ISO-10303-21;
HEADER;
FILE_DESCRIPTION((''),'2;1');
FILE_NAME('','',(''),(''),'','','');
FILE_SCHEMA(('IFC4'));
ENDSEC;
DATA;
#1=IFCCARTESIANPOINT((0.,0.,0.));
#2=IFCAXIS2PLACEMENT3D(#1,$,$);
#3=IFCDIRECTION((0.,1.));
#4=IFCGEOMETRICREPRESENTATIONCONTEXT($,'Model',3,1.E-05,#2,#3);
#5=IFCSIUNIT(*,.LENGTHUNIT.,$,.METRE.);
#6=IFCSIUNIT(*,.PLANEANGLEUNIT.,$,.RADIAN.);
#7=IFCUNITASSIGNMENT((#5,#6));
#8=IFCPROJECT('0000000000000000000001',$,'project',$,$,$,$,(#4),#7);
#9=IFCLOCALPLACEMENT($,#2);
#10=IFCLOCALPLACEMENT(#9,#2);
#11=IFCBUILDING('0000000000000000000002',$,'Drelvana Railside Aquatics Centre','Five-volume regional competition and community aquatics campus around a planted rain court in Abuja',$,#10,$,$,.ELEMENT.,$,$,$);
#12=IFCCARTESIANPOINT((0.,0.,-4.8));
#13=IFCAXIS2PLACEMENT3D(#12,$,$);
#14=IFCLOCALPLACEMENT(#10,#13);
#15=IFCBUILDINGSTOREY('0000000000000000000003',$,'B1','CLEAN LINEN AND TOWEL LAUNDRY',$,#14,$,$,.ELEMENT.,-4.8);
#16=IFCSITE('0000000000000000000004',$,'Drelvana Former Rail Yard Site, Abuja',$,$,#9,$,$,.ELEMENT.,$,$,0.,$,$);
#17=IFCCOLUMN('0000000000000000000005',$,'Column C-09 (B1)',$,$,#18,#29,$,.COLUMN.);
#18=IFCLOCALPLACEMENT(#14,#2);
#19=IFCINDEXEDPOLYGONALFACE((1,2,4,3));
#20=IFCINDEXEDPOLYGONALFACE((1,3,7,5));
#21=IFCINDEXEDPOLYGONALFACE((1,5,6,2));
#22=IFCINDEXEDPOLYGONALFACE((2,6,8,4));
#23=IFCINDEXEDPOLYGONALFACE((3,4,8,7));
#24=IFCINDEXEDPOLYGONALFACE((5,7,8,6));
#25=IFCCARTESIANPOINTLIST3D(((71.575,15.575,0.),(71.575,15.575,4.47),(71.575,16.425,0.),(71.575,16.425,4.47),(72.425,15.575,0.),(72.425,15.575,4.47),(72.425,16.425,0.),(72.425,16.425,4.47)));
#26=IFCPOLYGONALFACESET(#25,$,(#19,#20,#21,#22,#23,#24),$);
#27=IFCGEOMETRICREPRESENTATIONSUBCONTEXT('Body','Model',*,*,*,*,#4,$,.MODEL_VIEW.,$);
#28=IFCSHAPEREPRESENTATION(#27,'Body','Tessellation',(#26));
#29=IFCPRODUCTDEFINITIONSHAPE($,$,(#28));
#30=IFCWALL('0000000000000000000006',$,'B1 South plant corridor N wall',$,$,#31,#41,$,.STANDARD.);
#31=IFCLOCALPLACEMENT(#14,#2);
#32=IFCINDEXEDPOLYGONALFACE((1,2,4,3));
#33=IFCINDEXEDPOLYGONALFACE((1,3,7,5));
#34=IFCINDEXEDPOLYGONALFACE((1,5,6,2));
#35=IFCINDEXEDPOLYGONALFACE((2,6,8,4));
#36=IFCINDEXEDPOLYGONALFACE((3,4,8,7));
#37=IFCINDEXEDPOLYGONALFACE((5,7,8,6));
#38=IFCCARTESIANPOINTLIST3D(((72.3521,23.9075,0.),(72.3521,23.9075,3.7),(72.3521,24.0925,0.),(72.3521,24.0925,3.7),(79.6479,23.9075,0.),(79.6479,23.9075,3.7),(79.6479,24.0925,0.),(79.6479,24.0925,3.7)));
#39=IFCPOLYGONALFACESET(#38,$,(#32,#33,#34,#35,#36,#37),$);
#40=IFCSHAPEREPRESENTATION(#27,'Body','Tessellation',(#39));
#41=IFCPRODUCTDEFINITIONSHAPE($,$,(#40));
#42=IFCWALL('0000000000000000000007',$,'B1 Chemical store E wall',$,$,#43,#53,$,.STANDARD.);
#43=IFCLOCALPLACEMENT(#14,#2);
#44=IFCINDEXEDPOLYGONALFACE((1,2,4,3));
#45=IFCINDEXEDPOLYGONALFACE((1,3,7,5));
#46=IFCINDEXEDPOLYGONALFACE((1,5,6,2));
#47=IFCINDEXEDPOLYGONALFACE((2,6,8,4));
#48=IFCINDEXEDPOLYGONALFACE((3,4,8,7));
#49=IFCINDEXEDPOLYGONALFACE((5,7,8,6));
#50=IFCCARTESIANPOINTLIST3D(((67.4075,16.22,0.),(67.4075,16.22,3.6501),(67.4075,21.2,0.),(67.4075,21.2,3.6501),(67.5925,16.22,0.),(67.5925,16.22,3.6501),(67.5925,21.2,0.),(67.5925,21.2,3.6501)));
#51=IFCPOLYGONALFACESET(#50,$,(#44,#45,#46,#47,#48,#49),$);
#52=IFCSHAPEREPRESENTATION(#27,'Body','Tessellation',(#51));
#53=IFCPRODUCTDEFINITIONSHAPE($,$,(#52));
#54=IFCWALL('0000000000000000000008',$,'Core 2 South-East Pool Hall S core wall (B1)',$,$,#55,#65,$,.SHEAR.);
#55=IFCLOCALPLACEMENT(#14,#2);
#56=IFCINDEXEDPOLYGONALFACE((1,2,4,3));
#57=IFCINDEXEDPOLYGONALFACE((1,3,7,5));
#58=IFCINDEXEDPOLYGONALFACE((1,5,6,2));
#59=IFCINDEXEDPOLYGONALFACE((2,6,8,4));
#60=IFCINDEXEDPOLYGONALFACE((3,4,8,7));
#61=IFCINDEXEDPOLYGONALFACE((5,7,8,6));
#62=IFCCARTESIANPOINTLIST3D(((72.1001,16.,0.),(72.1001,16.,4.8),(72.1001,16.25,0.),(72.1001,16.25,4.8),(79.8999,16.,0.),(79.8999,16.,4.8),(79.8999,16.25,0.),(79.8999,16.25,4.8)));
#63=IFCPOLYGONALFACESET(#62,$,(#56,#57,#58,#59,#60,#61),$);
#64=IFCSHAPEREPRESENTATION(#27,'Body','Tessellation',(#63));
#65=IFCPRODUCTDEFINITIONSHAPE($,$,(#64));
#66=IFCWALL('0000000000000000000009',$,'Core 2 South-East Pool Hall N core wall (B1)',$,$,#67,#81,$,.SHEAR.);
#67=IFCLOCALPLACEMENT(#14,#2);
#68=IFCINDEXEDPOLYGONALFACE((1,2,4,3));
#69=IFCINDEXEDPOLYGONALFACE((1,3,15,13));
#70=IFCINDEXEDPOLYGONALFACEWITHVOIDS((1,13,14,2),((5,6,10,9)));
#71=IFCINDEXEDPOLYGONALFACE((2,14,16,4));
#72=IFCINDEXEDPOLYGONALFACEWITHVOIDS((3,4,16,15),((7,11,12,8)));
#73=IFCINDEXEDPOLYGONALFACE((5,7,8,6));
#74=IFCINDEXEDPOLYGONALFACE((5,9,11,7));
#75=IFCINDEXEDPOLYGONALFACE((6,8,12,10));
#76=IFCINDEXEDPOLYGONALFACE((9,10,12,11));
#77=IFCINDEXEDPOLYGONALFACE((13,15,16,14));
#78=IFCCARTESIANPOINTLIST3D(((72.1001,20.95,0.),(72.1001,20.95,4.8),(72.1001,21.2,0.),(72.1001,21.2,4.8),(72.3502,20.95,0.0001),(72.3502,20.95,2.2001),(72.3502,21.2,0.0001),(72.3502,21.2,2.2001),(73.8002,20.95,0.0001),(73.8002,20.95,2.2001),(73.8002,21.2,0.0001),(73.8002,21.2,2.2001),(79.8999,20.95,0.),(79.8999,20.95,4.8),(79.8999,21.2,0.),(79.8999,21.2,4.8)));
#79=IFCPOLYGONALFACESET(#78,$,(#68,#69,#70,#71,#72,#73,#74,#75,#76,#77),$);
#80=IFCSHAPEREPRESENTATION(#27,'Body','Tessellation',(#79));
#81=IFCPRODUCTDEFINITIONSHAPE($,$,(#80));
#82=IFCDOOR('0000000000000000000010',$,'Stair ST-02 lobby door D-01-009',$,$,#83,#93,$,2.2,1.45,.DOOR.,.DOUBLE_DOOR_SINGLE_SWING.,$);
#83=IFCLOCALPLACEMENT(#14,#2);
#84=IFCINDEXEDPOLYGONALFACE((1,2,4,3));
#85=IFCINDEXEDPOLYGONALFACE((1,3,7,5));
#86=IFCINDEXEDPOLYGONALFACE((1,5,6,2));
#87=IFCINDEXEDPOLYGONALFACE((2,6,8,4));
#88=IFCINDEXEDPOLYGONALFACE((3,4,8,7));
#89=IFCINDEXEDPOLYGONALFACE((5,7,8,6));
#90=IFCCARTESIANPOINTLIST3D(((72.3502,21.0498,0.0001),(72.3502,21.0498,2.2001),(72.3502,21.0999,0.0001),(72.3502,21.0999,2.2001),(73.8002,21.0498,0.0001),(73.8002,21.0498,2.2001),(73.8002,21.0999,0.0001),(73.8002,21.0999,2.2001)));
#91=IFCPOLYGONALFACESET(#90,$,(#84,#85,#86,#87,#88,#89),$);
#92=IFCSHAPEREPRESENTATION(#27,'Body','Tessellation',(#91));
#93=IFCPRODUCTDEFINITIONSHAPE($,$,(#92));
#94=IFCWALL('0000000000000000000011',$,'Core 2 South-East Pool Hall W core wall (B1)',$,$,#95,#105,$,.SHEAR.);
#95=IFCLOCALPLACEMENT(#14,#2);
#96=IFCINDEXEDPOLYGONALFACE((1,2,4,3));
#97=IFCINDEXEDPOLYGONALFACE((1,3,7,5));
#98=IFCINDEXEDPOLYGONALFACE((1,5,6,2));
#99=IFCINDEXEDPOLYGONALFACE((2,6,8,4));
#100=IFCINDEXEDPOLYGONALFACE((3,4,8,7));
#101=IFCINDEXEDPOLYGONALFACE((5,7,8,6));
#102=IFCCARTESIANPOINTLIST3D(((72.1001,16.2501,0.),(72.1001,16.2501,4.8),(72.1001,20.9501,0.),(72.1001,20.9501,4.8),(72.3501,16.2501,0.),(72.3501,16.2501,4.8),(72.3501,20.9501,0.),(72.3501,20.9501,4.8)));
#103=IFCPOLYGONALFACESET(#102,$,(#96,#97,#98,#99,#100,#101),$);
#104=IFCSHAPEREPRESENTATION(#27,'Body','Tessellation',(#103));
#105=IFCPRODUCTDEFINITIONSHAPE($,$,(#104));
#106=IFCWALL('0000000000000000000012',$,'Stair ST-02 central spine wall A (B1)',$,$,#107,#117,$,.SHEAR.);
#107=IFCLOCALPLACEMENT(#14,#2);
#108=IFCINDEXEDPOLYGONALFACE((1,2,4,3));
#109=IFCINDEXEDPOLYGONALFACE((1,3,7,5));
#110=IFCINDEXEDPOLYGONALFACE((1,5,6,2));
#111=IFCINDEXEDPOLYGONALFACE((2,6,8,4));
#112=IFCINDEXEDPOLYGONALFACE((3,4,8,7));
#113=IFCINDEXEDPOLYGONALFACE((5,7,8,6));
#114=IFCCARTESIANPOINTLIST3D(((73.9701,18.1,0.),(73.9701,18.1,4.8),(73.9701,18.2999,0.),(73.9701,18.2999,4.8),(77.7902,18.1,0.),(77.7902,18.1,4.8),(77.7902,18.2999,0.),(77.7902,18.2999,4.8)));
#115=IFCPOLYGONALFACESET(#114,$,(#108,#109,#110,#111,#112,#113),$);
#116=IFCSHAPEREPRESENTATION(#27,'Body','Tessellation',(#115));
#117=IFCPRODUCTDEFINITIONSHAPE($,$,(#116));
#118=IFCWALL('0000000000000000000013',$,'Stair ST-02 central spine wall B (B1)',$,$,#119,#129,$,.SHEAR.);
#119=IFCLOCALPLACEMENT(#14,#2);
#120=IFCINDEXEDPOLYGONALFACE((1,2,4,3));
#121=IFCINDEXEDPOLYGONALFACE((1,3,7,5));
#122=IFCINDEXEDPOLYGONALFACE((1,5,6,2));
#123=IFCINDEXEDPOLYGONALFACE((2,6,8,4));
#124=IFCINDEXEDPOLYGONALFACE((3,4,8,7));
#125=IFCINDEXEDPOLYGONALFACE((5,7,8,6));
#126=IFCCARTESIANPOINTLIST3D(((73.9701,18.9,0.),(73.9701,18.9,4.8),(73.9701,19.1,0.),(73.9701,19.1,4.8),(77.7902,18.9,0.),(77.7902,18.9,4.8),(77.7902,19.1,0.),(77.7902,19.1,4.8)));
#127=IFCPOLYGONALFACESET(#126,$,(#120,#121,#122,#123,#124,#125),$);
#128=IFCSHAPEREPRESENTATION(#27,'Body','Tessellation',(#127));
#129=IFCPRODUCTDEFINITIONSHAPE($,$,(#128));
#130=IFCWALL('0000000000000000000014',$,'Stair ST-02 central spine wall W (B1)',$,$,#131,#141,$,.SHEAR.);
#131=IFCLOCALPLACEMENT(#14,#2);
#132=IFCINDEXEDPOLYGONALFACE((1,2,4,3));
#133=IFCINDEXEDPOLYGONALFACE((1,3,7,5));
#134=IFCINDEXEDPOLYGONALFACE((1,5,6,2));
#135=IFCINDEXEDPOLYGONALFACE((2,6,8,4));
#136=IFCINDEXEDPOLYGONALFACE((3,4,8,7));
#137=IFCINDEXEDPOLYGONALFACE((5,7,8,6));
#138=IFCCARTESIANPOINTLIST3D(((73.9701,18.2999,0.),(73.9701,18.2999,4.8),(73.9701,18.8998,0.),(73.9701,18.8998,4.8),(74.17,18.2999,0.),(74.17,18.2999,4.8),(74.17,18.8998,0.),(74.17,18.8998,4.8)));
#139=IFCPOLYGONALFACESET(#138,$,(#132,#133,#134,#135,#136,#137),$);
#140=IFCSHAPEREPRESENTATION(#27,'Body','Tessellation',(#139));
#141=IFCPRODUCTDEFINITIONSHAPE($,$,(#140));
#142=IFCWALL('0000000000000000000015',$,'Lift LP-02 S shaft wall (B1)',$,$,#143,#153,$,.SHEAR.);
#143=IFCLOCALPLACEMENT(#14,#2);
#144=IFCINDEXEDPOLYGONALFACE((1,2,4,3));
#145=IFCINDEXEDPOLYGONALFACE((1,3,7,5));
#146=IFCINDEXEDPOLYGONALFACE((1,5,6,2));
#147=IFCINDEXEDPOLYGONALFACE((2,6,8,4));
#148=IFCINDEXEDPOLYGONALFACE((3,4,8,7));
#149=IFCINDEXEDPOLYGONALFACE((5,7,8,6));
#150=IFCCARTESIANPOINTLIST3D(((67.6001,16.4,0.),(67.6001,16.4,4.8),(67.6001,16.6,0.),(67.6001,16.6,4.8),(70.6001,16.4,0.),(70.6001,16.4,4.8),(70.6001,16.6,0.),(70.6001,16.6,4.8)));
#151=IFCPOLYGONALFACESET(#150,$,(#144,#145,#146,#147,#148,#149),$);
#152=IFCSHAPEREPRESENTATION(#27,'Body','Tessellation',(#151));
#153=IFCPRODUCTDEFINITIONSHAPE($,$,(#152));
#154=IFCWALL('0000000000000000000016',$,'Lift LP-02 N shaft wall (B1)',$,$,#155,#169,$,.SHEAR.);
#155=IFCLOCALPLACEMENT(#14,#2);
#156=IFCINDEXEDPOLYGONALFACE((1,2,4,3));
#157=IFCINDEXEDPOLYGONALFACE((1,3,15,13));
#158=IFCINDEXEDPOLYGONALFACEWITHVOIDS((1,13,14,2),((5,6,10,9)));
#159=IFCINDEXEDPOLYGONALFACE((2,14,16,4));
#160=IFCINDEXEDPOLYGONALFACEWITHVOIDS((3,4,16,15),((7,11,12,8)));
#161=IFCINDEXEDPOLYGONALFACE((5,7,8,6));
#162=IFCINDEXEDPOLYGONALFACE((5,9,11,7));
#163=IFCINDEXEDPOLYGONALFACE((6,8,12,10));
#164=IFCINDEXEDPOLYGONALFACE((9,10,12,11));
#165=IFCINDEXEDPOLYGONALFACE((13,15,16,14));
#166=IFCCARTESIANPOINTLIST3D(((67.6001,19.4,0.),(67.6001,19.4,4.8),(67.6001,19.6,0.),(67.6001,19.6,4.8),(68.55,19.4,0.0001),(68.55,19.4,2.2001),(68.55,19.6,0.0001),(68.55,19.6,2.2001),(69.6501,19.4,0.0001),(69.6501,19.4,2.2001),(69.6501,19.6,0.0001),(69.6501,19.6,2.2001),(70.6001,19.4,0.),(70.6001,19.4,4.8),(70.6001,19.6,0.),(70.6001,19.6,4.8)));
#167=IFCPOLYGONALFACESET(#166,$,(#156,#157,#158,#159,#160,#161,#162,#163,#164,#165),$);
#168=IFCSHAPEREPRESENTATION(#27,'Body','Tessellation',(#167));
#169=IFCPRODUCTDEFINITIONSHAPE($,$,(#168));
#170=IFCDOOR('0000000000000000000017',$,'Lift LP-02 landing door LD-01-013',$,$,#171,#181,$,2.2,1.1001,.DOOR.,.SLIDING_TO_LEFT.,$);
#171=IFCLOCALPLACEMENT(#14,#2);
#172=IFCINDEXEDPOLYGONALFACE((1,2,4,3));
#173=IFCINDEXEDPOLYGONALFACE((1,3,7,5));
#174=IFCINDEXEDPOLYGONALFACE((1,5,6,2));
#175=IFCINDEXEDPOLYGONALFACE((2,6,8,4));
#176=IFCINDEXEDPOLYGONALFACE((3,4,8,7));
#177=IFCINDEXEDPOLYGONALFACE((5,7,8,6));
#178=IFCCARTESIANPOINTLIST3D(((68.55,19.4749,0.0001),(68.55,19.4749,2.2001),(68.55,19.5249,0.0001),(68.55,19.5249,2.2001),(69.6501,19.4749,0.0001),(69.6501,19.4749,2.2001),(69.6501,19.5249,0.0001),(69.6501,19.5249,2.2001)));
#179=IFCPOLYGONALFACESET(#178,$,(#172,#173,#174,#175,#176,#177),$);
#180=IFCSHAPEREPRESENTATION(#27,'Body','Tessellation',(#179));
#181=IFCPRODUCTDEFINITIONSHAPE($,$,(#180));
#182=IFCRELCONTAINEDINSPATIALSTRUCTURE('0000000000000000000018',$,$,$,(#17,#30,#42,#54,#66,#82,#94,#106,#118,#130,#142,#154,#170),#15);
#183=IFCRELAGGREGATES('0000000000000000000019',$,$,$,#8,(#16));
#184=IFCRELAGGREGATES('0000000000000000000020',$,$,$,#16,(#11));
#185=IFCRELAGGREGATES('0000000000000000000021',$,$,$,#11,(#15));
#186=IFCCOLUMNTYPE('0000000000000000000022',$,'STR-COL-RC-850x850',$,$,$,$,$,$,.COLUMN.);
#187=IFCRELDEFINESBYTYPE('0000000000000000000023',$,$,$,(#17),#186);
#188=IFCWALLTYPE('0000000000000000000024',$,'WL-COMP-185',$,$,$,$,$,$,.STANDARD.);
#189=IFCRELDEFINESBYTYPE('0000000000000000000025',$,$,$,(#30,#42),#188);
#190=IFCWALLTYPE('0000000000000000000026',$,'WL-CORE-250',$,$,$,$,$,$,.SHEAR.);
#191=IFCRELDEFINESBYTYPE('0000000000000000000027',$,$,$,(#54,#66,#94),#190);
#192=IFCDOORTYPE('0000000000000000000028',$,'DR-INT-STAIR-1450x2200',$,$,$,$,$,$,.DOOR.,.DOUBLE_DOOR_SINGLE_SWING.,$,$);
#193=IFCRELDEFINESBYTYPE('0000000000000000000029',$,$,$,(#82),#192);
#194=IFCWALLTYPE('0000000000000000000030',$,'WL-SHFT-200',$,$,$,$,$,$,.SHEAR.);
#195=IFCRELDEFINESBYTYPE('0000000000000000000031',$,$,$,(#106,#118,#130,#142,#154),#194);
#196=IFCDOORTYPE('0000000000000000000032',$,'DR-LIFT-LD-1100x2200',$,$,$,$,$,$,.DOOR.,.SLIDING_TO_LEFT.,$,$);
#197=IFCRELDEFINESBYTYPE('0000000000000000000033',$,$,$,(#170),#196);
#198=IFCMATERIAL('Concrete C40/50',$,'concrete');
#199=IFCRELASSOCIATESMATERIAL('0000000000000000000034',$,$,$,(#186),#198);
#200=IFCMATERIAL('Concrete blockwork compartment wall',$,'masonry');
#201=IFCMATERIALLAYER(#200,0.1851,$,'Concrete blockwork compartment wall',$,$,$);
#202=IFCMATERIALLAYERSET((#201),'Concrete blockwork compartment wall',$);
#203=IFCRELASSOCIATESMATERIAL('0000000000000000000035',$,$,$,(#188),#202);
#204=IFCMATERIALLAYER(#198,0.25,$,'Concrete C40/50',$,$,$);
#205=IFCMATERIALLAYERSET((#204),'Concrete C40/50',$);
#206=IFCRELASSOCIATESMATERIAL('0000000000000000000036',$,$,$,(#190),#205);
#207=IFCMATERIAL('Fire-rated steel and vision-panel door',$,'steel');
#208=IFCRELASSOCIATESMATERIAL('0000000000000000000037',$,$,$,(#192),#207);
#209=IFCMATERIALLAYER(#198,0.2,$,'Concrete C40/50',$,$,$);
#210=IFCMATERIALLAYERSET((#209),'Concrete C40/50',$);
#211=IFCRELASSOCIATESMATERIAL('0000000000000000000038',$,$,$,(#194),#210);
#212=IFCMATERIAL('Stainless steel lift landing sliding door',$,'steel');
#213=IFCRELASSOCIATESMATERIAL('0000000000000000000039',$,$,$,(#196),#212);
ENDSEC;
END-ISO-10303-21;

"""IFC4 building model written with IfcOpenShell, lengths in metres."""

from ifc_helpers import new_model, si_unit, direction, frame, frame_2d, origin, origin_2d, place, context, subcontext, project, spatial, rectangle, extrude, material, layer, layer_set, material_profile, profile_set, type_object, element, fill, save


model = new_model("IFC4")

# Units and contexts
model_context = context("Model", 3, precision=1e-05, world=origin(), true_north=direction((0.0, 1.0)))
body_context = subcontext(model_context, "Body", "Model", "MODEL_VIEW")
ifc_project = project(units=[si_unit("LENGTHUNIT", "METRE"), si_unit("PLANEANGLEUNIT", "RADIAN")], contexts=[model_context])

# Site, building, storey
site_placement = place(None, origin())
site = spatial("IfcSite", under=ifc_project, at=site_placement, Name="Drelvana Former Rail Yard Site, Abuja", CompositionType="ELEMENT", RefElevation=0.0)
building_placement = place(site_placement, origin())
building = spatial("IfcBuilding", under=site, at=building_placement, Name="Drelvana Railside Aquatics Centre", Description="Five-volume regional competition and community aquatics campus around a planted rain court in Abuja", CompositionType="ELEMENT")
storey_placement = place(building_placement, frame((0.0, 0.0, -4.8)))
storey = spatial("IfcBuildingStorey", under=building, at=storey_placement, Name="B1", Description="CLEAN LINEN AND TOWEL LAUNDRY", CompositionType="ELEMENT", Elevation=-4.8)

# Column
ifc_material_1 = material(Name="Concrete C40/50", Category="concrete")
ifc_material_profile_1 = material_profile(ifc_material_1, rectangle(XDim=0.8501, YDim=0.8501, at=origin_2d()), Name="RC 850x850")
ifc_profile_set_1 = profile_set([ifc_material_profile_1], Name="Concrete C40/50")
column_type_1 = type_object("IfcColumnType", Name="STR-COL-RC-850x850", PredefinedType="COLUMN", material=ifc_profile_set_1)
column_1_placement = place(storey_placement, frame((72.0, 16.0, 0.0), z_axis=(0.0, 0.0, 1.0), x_axis=(1.0, 0.0, 0.0)))
element("IfcColumn", 1, at=column_1_placement, inside=storey, type_object=column_type_1, Name="Column C-09 (B1)", PredefinedType="COLUMN", context=body_context, shape_type="SweptSolid", body=[
    extrude(rectangle(XDim=0.8501, YDim=0.8501, at=origin_2d()), origin(), (0.0, 0.0, 1.0), 4.47),
])

# Walls
ifc_material_2 = material(Name="Concrete blockwork compartment wall", Category="masonry")
ifc_layer_1 = layer(ifc_material_2, 0.1851, Name="Concrete blockwork compartment wall")
ifc_layer_set_1 = layer_set([ifc_layer_1], Name="Concrete blockwork compartment wall")
wall_type_1 = type_object("IfcWallType", Name="WL-COMP-185", PredefinedType="STANDARD", material=ifc_layer_set_1)
wall_1_placement = place(storey_placement, frame((72.3521, 24.0, 0.0), z_axis=(0.0, 0.0, 1.0), x_axis=(1.0, 0.0, 0.0)))
element("IfcWall", 2, at=wall_1_placement, inside=storey, type_object=wall_type_1, Name="B1 South plant corridor N wall", PredefinedType="STANDARD", context=body_context, shape_type="SweptSolid", body=[
    extrude(rectangle(XDim=7.2959, YDim=0.1851, at=frame_2d((3.6479, 0.0))), origin(), (0.0, 0.0, 1.0), 3.7),
])
wall_2_placement = place(storey_placement, frame((67.5, 16.22, 0.0), z_axis=(0.0, 0.0, 1.0), x_axis=(0.0, 1.0, 0.0)))
element("IfcWall", 3, at=wall_2_placement, inside=storey, type_object=wall_type_1, Name="B1 Chemical store E wall", PredefinedType="STANDARD", context=body_context, shape_type="SweptSolid", body=[
    extrude(rectangle(XDim=4.98, YDim=0.1851, at=frame_2d((2.49, 0.0))), origin(), (0.0, 0.0, 1.0), 3.6501),
])
ifc_layer_2 = layer(ifc_material_1, 0.25, Name="Concrete C40/50")
ifc_layer_set_2 = layer_set([ifc_layer_2], Name="Concrete C40/50")
wall_type_2 = type_object("IfcWallType", Name="WL-CORE-250", PredefinedType="SHEAR", material=ifc_layer_set_2)
wall_3_placement = place(storey_placement, frame((72.1001, 16.125, 0.0), z_axis=(0.0, 0.0, 1.0), x_axis=(1.0, 0.0, 0.0)))
element("IfcWall", 4, at=wall_3_placement, inside=storey, type_object=wall_type_2, Name="Core 2 South-East Pool Hall S core wall (B1)", PredefinedType="SHEAR", context=body_context, shape_type="SweptSolid", body=[
    extrude(rectangle(XDim=7.7998, YDim=0.25, at=frame_2d((3.8999, 0.0))), origin(), (0.0, 0.0, 1.0), 4.8),
])

# Wall, opening, door
wall_4_placement = place(storey_placement, frame((72.1001, 21.075, 0.0), z_axis=(0.0, 0.0, 1.0), x_axis=(1.0, 0.0, 0.0)))
wall_4 = element("IfcWall", 5, at=wall_4_placement, inside=storey, type_object=wall_type_2, Name="Core 2 South-East Pool Hall N core wall (B1)", PredefinedType="SHEAR", context=body_context, shape_type="SweptSolid", body=[
    extrude(rectangle(XDim=7.7998, YDim=0.25, at=frame_2d((3.8999, 0.0))), origin(), (0.0, 0.0, 1.0), 4.8),
])
opening_1_placement = place(wall_4_placement, frame((0.25, 0.0, 0.0)))
opening_1 = element("IfcOpeningElement", 6, at=opening_1_placement, cuts=wall_4, PredefinedType="OPENING", context=body_context, shape_type="SweptSolid", body=[
    extrude(rectangle(XDim=1.45, YDim=2.2, at=frame_2d((0.7251, 1.1001))), frame((0.0, 0.135, 0.0), z_axis=(0.0, -1.0, 0.0), x_axis=(1.0, 0.0, 0.0)), (0.0, 0.0, 1.0), 0.27),
])
ifc_material_3 = material(Name="Fire-rated steel and vision-panel door", Category="steel")
door_type_1 = type_object("IfcDoorType", Name="DR-INT-STAIR-1450x2200", OperationType="DOUBLE_DOOR_SINGLE_SWING", PredefinedType="DOOR", material=ifc_material_3)
door_1_placement = place(opening_1_placement, origin())
door_1 = element("IfcDoor", 7, at=door_1_placement, inside=storey, type_object=door_type_1, Name="Stair ST-02 lobby door D-01-009", OperationType="DOUBLE_DOOR_SINGLE_SWING", OverallHeight=2.2, OverallWidth=1.45, PredefinedType="DOOR", context=body_context, shape_type="SweptSolid", body=[
    extrude(rectangle(XDim=1.45, YDim=2.2, at=frame_2d((0.7251, 1.1001))), frame((0.0, 0.0249, 0.0), z_axis=(0.0, -1.0, 0.0), x_axis=(1.0, 0.0, 0.0)), (0.0, 0.0, 1.0), 0.05),
])
fill(opening_1, door_1)

# Walls
wall_5_placement = place(storey_placement, frame((72.2251, 16.25, 0.0), z_axis=(0.0, 0.0, 1.0), x_axis=(0.0, 1.0, 0.0)))
element("IfcWall", 8, at=wall_5_placement, inside=storey, type_object=wall_type_2, Name="Core 2 South-East Pool Hall W core wall (B1)", PredefinedType="SHEAR", context=body_context, shape_type="SweptSolid", body=[
    extrude(rectangle(XDim=4.7, YDim=0.25, at=frame_2d((2.3501, 0.0))), origin(), (0.0, 0.0, 1.0), 4.8),
])
ifc_layer_3 = layer(ifc_material_1, 0.2, Name="Concrete C40/50")
ifc_layer_set_3 = layer_set([ifc_layer_3], Name="Concrete C40/50")
wall_type_3 = type_object("IfcWallType", Name="WL-SHFT-200", PredefinedType="SHEAR", material=ifc_layer_set_3)
for number, where, z_axis, x_axis, name in (
    (9, (73.97, 18.2, 0.0), (0.0, 0.0, 1.0), (1.0, 0.0, 0.0), "Stair ST-02 central spine wall A (B1)"),
    (10, (73.97, 19.0, 0.0), (0.0, 0.0, 1.0), (1.0, 0.0, 0.0), "Stair ST-02 central spine wall B (B1)"),
):
    element("IfcWall", number, at=place(storey_placement, frame(where, z_axis=z_axis, x_axis=x_axis)), inside=storey, type_object=wall_type_3, Name=name, PredefinedType="SHEAR", context=body_context, shape_type="SweptSolid", body=[
        extrude(rectangle(XDim=3.8201, YDim=0.2, at=frame_2d((1.9102, 0.0))), origin(), (0.0, 0.0, 1.0), 4.8),
    ])
wall_6_placement = place(storey_placement, frame((74.0701, 18.3, 0.0), z_axis=(0.0, 0.0, 1.0), x_axis=(0.0, 1.0, 0.0)))
element("IfcWall", 11, at=wall_6_placement, inside=storey, type_object=wall_type_3, Name="Stair ST-02 central spine wall W (B1)", PredefinedType="SHEAR", context=body_context, shape_type="SweptSolid", body=[
    extrude(rectangle(XDim=0.5999, YDim=0.2, at=frame_2d((0.2998, 0.0))), origin(), (0.0, 0.0, 1.0), 4.8),
])
wall_7_placement = place(storey_placement, frame((67.6001, 16.5, 0.0), z_axis=(0.0, 0.0, 1.0), x_axis=(1.0, 0.0, 0.0)))
element("IfcWall", 12, at=wall_7_placement, inside=storey, type_object=wall_type_3, Name="Lift LP-02 S shaft wall (B1)", PredefinedType="SHEAR", context=body_context, shape_type="SweptSolid", body=[
    extrude(rectangle(XDim=3.0, YDim=0.2, at=frame_2d((1.5, 0.0))), origin(), (0.0, 0.0, 1.0), 4.8),
])

# Wall, opening, door
wall_8_placement = place(storey_placement, frame((67.6001, 19.5, 0.0), z_axis=(0.0, 0.0, 1.0), x_axis=(1.0, 0.0, 0.0)))
wall_8 = element("IfcWall", 13, at=wall_8_placement, inside=storey, type_object=wall_type_3, Name="Lift LP-02 N shaft wall (B1)", PredefinedType="SHEAR", context=body_context, shape_type="SweptSolid", body=[
    extrude(rectangle(XDim=3.0, YDim=0.2, at=frame_2d((1.5, 0.0))), origin(), (0.0, 0.0, 1.0), 4.8),
])
opening_2_placement = place(wall_8_placement, frame((0.95, 0.0, 0.0)))
opening_2 = element("IfcOpeningElement", 14, at=opening_2_placement, cuts=wall_8, PredefinedType="OPENING", context=body_context, shape_type="SweptSolid", body=[
    extrude(rectangle(XDim=1.1001, YDim=2.2, at=frame_2d((0.55, 1.1001))), frame((0.0, 0.1099, 0.0), z_axis=(0.0, -1.0, 0.0), x_axis=(1.0, 0.0, 0.0)), (0.0, 0.0, 1.0), 0.22),
])
ifc_material_4 = material(Name="Stainless steel lift landing sliding door", Category="steel")
door_type_2 = type_object("IfcDoorType", Name="DR-LIFT-LD-1100x2200", OperationType="SLIDING_TO_LEFT", PredefinedType="DOOR", material=ifc_material_4)
door_2_placement = place(opening_2_placement, origin())
door_2 = element("IfcDoor", 15, at=door_2_placement, inside=storey, type_object=door_type_2, Name="Lift LP-02 landing door LD-01-013", OperationType="SLIDING_TO_LEFT", OverallHeight=2.2, OverallWidth=1.1001, PredefinedType="DOOR", context=body_context, shape_type="SweptSolid", body=[
    extrude(rectangle(XDim=1.1001, YDim=2.2, at=frame_2d((0.55, 1.1001))), frame((0.0, 0.0249, 0.0), z_axis=(0.0, -1.0, 0.0), x_axis=(1.0, 0.0, 0.0)), (0.0, 0.0, 1.0), 0.05),
])
fill(opening_2, door_2)

save(model, "model.ifc")
